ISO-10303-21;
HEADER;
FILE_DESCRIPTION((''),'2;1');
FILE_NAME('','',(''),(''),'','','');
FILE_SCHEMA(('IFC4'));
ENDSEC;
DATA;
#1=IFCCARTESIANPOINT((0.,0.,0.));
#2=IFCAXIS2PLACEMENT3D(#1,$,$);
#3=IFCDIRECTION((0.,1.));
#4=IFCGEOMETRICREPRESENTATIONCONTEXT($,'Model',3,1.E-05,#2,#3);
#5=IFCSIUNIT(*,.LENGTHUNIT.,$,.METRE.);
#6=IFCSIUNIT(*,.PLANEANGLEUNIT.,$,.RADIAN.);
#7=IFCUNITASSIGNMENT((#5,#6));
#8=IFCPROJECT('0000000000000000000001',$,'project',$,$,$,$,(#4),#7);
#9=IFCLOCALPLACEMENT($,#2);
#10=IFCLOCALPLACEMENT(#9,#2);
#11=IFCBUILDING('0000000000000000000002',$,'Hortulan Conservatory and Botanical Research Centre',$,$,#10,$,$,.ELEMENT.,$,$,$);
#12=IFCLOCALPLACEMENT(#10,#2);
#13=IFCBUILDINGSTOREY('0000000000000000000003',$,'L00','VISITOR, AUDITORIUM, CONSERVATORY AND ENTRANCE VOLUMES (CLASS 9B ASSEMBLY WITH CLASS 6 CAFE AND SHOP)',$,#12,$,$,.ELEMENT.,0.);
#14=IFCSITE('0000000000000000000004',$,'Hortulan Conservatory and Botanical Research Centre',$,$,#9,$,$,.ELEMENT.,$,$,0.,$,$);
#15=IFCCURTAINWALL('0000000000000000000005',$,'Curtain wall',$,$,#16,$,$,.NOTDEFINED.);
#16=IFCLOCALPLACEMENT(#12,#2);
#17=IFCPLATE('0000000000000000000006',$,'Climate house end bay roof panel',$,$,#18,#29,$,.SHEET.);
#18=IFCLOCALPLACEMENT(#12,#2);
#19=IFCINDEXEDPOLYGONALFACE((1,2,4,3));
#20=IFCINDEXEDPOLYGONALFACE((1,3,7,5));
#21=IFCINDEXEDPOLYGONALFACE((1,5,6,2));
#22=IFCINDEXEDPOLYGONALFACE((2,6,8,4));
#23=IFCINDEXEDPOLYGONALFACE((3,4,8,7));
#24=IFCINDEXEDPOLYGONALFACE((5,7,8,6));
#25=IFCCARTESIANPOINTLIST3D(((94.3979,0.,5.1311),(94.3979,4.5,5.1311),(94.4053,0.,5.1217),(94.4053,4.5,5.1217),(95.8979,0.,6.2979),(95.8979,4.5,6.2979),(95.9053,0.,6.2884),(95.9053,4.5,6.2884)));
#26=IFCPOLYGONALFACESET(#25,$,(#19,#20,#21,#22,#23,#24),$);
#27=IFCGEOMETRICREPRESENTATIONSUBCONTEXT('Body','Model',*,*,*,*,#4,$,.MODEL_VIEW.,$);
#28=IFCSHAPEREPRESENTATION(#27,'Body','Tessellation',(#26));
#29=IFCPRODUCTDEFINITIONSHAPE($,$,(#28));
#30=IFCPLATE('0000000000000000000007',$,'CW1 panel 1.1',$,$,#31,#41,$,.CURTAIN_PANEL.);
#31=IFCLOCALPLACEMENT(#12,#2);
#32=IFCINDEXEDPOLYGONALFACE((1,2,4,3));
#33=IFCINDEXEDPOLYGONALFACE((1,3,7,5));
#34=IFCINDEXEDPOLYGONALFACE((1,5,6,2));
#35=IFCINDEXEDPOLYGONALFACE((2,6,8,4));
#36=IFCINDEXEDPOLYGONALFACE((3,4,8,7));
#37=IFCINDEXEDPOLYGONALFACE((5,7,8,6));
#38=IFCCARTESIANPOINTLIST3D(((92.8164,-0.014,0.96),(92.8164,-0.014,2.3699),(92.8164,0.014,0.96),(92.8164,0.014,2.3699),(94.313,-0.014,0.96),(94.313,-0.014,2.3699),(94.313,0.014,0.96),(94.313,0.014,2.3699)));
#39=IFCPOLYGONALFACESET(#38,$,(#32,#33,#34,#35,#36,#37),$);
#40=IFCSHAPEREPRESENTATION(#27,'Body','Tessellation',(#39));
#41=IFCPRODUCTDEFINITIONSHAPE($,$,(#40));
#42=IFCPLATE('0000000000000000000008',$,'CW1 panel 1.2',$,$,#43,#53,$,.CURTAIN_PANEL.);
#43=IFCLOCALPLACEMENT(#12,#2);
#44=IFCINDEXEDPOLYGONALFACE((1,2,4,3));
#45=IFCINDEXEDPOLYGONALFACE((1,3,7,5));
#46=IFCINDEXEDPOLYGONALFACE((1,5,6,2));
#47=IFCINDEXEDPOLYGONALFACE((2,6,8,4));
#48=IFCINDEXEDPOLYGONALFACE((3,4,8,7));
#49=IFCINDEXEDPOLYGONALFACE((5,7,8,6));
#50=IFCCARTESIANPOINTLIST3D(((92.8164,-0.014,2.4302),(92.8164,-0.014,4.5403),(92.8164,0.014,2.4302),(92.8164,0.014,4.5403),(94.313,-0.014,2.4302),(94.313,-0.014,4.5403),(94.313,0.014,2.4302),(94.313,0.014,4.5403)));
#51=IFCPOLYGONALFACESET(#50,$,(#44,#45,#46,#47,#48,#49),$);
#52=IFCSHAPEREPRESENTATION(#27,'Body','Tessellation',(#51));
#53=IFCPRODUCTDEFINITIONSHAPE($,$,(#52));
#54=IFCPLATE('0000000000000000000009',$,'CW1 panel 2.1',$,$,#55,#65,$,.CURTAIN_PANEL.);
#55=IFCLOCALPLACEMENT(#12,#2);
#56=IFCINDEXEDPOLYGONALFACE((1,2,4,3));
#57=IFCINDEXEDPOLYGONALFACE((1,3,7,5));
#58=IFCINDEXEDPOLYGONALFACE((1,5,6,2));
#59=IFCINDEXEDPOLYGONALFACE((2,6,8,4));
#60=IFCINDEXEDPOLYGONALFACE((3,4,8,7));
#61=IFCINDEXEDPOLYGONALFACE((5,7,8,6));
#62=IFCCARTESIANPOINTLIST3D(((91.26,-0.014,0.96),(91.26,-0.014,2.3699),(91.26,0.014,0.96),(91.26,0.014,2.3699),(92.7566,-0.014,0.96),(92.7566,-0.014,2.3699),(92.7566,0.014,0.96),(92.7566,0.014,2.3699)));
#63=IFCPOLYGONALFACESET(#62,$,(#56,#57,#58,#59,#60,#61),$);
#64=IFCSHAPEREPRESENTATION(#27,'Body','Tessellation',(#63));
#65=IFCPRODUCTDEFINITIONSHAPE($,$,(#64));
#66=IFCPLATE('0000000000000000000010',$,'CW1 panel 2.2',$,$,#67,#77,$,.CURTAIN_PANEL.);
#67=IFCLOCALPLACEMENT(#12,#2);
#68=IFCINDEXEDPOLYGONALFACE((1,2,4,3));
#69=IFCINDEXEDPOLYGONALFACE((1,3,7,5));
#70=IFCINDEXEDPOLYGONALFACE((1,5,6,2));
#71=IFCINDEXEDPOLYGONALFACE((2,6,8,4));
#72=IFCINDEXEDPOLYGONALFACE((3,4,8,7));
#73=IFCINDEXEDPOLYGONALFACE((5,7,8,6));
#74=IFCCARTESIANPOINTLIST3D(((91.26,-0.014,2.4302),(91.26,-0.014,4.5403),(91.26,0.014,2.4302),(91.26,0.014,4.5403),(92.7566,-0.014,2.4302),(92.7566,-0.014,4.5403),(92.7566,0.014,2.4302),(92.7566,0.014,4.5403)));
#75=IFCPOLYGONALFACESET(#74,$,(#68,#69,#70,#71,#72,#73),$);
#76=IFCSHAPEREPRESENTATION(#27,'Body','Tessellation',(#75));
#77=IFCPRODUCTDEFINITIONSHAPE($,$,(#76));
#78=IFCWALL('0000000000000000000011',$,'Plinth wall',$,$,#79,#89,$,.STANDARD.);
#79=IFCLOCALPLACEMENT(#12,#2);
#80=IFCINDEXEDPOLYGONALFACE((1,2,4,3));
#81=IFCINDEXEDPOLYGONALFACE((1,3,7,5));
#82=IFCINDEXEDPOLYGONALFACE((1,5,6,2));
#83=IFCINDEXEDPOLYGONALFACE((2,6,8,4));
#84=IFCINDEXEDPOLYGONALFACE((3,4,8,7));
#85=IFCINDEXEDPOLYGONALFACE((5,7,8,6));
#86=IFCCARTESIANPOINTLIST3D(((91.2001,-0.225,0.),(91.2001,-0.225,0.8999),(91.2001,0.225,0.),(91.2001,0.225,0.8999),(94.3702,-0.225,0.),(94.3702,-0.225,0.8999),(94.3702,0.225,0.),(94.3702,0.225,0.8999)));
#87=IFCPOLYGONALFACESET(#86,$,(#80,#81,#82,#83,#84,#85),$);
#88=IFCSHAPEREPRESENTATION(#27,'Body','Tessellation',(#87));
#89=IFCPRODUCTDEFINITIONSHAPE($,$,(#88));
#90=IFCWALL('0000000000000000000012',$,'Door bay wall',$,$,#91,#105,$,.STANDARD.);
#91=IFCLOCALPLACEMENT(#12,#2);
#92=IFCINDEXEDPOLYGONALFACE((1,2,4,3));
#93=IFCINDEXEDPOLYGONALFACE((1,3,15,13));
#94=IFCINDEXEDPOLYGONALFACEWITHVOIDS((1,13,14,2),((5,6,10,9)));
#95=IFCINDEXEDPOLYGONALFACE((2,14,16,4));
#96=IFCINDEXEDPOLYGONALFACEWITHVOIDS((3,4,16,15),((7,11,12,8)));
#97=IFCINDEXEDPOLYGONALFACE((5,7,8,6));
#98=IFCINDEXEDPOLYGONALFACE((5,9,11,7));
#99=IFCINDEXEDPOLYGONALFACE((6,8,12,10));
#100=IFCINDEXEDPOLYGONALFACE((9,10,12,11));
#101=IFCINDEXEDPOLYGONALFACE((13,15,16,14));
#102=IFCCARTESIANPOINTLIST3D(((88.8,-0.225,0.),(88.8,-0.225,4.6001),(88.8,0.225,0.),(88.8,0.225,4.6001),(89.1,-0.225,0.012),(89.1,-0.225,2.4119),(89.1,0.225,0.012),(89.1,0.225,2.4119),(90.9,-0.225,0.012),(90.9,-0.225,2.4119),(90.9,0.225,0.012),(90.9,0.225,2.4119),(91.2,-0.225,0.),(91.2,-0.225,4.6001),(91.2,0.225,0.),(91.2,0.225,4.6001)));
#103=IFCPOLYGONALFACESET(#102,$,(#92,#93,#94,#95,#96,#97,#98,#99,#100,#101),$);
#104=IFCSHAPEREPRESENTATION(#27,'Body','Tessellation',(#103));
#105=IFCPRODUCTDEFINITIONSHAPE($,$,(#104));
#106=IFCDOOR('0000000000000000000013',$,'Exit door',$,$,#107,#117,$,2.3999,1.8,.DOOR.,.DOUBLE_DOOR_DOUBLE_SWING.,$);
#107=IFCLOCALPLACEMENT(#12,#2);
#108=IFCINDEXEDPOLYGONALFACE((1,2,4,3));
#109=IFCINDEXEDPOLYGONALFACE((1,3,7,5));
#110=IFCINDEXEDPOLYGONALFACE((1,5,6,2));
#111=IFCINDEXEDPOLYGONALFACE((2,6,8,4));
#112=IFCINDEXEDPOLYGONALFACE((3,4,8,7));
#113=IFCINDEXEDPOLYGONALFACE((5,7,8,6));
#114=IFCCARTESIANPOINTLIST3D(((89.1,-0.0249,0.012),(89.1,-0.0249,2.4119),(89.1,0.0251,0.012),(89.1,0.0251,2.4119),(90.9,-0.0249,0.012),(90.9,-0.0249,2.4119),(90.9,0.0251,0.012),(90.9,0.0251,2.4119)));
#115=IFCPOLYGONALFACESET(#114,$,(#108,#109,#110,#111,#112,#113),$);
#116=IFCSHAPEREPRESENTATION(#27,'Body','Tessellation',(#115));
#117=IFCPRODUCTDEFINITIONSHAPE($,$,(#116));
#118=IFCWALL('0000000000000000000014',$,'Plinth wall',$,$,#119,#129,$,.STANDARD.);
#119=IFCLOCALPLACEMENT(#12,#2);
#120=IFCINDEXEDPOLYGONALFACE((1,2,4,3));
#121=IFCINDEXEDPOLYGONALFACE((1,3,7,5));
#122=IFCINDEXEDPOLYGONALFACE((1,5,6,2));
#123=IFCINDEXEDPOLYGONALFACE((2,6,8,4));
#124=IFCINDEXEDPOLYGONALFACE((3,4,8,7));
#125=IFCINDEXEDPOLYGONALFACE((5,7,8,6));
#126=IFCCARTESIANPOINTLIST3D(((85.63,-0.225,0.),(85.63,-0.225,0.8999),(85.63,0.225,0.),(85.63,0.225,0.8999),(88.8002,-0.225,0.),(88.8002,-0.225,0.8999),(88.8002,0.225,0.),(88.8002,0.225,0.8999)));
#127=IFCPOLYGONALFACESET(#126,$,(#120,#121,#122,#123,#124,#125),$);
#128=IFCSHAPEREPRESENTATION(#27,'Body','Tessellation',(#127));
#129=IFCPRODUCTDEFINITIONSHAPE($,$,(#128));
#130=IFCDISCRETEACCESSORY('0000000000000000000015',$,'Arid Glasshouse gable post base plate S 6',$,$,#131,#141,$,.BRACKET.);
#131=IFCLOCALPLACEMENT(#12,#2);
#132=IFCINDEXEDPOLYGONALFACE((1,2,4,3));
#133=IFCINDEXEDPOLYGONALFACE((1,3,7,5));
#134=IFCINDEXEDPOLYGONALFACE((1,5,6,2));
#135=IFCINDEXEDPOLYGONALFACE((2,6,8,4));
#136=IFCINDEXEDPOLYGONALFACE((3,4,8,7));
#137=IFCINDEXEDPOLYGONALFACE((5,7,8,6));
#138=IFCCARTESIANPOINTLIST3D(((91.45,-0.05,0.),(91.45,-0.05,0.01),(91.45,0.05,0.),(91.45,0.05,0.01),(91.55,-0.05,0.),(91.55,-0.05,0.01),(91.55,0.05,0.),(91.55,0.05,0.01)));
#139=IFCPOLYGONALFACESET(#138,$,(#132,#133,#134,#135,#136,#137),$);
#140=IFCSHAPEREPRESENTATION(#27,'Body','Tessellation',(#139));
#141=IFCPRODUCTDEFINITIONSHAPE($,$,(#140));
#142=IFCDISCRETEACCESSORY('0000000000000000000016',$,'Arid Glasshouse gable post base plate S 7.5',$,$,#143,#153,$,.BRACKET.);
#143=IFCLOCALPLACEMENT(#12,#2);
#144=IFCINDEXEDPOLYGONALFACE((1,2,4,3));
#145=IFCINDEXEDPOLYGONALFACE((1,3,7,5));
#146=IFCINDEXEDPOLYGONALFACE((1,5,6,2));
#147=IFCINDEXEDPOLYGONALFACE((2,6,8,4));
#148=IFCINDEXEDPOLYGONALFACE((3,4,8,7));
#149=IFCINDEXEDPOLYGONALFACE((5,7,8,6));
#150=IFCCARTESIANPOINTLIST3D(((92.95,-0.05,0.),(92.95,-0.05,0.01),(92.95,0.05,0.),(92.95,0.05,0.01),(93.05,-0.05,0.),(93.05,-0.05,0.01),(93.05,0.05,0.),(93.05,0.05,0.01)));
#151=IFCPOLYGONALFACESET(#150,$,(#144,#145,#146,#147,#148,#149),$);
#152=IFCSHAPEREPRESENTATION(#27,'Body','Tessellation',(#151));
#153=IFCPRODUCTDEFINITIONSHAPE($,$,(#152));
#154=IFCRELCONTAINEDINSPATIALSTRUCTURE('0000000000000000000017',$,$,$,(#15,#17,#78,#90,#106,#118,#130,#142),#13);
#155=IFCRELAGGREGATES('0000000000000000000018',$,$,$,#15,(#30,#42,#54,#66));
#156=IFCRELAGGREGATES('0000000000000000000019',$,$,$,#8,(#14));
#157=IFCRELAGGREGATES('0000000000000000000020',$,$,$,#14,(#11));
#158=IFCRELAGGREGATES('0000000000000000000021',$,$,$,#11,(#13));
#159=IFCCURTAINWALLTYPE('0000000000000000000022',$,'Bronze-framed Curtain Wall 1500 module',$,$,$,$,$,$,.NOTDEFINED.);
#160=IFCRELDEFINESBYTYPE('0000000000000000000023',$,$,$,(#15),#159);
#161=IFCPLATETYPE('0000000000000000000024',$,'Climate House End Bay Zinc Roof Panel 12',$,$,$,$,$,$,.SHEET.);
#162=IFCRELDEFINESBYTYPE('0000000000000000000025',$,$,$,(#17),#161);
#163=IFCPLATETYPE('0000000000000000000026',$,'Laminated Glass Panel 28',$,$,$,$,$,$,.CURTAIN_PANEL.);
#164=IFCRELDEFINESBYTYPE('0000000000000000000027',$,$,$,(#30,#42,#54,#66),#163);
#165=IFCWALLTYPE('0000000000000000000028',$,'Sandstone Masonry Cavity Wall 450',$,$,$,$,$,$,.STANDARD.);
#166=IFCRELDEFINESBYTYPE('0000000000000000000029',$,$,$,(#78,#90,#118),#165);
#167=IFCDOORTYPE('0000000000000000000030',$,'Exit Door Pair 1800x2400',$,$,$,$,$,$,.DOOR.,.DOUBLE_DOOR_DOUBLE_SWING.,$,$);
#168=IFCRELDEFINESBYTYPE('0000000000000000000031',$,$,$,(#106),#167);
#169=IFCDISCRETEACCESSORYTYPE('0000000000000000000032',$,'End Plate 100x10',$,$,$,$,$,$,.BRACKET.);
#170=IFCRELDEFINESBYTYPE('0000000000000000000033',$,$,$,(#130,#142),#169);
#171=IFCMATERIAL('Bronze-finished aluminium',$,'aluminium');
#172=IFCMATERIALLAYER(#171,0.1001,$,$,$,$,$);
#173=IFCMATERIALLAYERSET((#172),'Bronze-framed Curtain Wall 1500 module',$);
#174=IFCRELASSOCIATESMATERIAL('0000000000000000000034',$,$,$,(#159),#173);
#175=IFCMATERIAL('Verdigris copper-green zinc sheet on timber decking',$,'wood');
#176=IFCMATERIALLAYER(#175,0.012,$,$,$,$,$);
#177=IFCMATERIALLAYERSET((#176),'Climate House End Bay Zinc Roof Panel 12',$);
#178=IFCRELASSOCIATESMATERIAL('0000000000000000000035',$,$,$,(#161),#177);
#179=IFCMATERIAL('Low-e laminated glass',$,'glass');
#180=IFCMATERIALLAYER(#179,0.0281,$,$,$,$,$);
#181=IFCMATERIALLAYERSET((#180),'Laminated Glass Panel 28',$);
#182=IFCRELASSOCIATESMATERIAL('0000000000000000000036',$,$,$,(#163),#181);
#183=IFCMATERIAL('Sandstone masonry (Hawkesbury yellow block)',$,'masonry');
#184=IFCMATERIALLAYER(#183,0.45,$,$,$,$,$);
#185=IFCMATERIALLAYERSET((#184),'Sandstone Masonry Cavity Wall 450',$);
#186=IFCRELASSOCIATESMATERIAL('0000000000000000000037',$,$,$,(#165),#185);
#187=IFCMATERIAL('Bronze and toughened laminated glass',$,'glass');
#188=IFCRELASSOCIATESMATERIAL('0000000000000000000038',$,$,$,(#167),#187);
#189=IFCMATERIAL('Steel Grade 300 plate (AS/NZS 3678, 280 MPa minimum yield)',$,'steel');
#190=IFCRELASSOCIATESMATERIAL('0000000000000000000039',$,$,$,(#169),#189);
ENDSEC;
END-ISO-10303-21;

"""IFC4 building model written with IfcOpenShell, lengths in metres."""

from ifc_helpers import new_model, si_unit, direction, frame, frame_2d, origin, origin_2d, place, context, subcontext, project, spatial, polyline, rectangle, outline, extrude, material, layer, layer_set, type_object, element, fill, aggregate, save


model = new_model("IFC4")

# Units and contexts
model_context = context("Model", 3, precision=1e-05, world=origin(), true_north=direction((0.0, 1.0)))
body_context = subcontext(model_context, "Body", "Model", "MODEL_VIEW")
ifc_project = project(units=[si_unit("LENGTHUNIT", "METRE"), si_unit("PLANEANGLEUNIT", "RADIAN")], contexts=[model_context])

# Site, building, storey
site_placement = place(None, origin())
site = spatial("IfcSite", under=ifc_project, at=site_placement, Name="Hortulan Conservatory and Botanical Research Centre", CompositionType="ELEMENT", RefElevation=0.0)
building_placement = place(site_placement, origin())
building = spatial("IfcBuilding", under=site, at=building_placement, Name="Hortulan Conservatory and Botanical Research Centre", CompositionType="ELEMENT")
storey_placement = place(building_placement, origin())
storey = spatial("IfcBuildingStorey", under=building, at=storey_placement, Name="L00", Description="VISITOR, AUDITORIUM, CONSERVATORY AND ENTRANCE VOLUMES (CLASS 9B ASSEMBLY WITH CLASS 6 CAFE AND SHOP)", CompositionType="ELEMENT", Elevation=0.0)

# Curtain wall
ifc_material_1 = material(Name="Bronze-finished aluminium", Category="aluminium")
ifc_layer_1 = layer(ifc_material_1, 0.1001)
ifc_layer_set_1 = layer_set([ifc_layer_1], Name="Bronze-framed Curtain Wall 1500 module")
curtain_wall_type = type_object("IfcCurtainWallType", Name="Bronze-framed Curtain Wall 1500 module", PredefinedType="NOTDEFINED", material=ifc_layer_set_1)
curtain_wall_1_placement = place(storey_placement, origin())
curtain_wall_1 = element("IfcCurtainWall", 1, at=curtain_wall_1_placement, inside=storey, type_object=curtain_wall_type, Name="Curtain wall", PredefinedType="NOTDEFINED")

# Plates
ifc_material_2 = material(Name="Verdigris copper-green zinc sheet on timber decking", Category="wood")
ifc_layer_2 = layer(ifc_material_2, 0.012)
ifc_layer_set_2 = layer_set([ifc_layer_2], Name="Climate House End Bay Zinc Roof Panel 12")
plate_type_1 = type_object("IfcPlateType", Name="Climate House End Bay Zinc Roof Panel 12", PredefinedType="SHEET", material=ifc_layer_set_2)
plate_1_placement = place(storey_placement, frame((94.3979, 0.0, 5.1311), z_axis=(-0.613967, 0.0, 0.789331), x_axis=(0.789331, 0.0, 0.613967)))
element("IfcPlate", 2, at=plate_1_placement, inside=storey, type_object=plate_type_1, Name="Climate house end bay roof panel", PredefinedType="SHEET", context=body_context, shape_type="SweptSolid", body=[
    extrude(outline(polyline([(0.0, 0.0), (1.9003, 0.0), (1.9003, 4.5), (0.0, 4.5), (0.0, 0.0)])), origin(), (0.0, 0.0, -1.0), 0.012),
])
ifc_material_3 = material(Name="Low-e laminated glass", Category="glass")
ifc_layer_3 = layer(ifc_material_3, 0.0281)
ifc_layer_set_3 = layer_set([ifc_layer_3], Name="Laminated Glass Panel 28")
plate_type_2 = type_object("IfcPlateType", Name="Laminated Glass Panel 28", PredefinedType="CURTAIN_PANEL", material=ifc_layer_set_3)
plate_2_placement = place(storey_placement, frame((93.5647, 0.0, 0.96), z_axis=(0.0, 0.0, 1.0), x_axis=(-1.0, 0.0, 0.0)))
plate_2 = element("IfcPlate", 3, at=plate_2_placement, type_object=plate_type_2, Name="CW1 panel 1.1", PredefinedType="CURTAIN_PANEL", context=body_context, shape_type="SweptSolid", body=[
    extrude(rectangle(XDim=1.4966, YDim=0.0281, at=origin_2d()), origin(), (0.0, 0.0, 1.0), 1.4099),
])
plate_3_placement = place(storey_placement, frame((93.5647, 0.0, 2.4302), z_axis=(0.0, 0.0, 1.0), x_axis=(-1.0, 0.0, 0.0)))
plate_3 = element("IfcPlate", 4, at=plate_3_placement, type_object=plate_type_2, Name="CW1 panel 1.2", PredefinedType="CURTAIN_PANEL", context=body_context, shape_type="SweptSolid", body=[
    extrude(rectangle(XDim=1.4966, YDim=0.0281, at=origin_2d()), origin(), (0.0, 0.0, 1.0), 2.1101),
])
plate_4_placement = place(storey_placement, frame((92.0083, 0.0, 0.96), z_axis=(0.0, 0.0, 1.0), x_axis=(-1.0, 0.0, 0.0)))
plate_4 = element("IfcPlate", 5, at=plate_4_placement, type_object=plate_type_2, Name="CW1 panel 2.1", PredefinedType="CURTAIN_PANEL", context=body_context, shape_type="SweptSolid", body=[
    extrude(rectangle(XDim=1.4966, YDim=0.0281, at=origin_2d()), origin(), (0.0, 0.0, 1.0), 1.4099),
])
plate_5_placement = place(storey_placement, frame((92.0083, 0.0, 2.4302), z_axis=(0.0, 0.0, 1.0), x_axis=(-1.0, 0.0, 0.0)))
plate_5 = element("IfcPlate", 6, at=plate_5_placement, type_object=plate_type_2, Name="CW1 panel 2.2", PredefinedType="CURTAIN_PANEL", context=body_context, shape_type="SweptSolid", body=[
    extrude(rectangle(XDim=1.4966, YDim=0.0281, at=origin_2d()), origin(), (0.0, 0.0, 1.0), 2.1101),
])
aggregate(curtain_wall_1, [plate_2, plate_3, plate_4, plate_5])

# Wall
ifc_material_4 = material(Name="Sandstone masonry (Hawkesbury yellow block)", Category="masonry")
ifc_layer_4 = layer(ifc_material_4, 0.45)
ifc_layer_set_4 = layer_set([ifc_layer_4], Name="Sandstone Masonry Cavity Wall 450")
wall_type = type_object("IfcWallType", Name="Sandstone Masonry Cavity Wall 450", PredefinedType="STANDARD", material=ifc_layer_set_4)
wall_1_placement = place(storey_placement, frame((94.3701, 0.0, 0.0), z_axis=(0.0, 0.0, 1.0), x_axis=(-1.0, 0.0, 0.0)))
element("IfcWall", 7, at=wall_1_placement, inside=storey, type_object=wall_type, Name="Plinth wall", PredefinedType="STANDARD", context=body_context, shape_type="SweptSolid", body=[
    extrude(rectangle(XDim=3.1702, YDim=0.45, at=frame_2d((1.585, 0.0))), origin(), (0.0, 0.0, 1.0), 0.8999),
])

# Wall, opening, door
wall_2_placement = place(storey_placement, frame((91.2, 0.0, 0.0), z_axis=(0.0, 0.0, 1.0), x_axis=(-1.0, 0.0, 0.0)))
wall_2 = element("IfcWall", 8, at=wall_2_placement, inside=storey, type_object=wall_type, Name="Door bay wall", PredefinedType="STANDARD", context=body_context, shape_type="SweptSolid", body=[
    extrude(rectangle(XDim=2.3999, YDim=0.45, at=frame_2d((1.2, 0.0))), origin(), (0.0, 0.0, 1.0), 4.6001),
])
opening_placement = place(wall_2_placement, frame((0.3, 0.0, 0.012)))
opening = element("IfcOpeningElement", 9, at=opening_placement, cuts=wall_2, PredefinedType="OPENING", context=body_context, shape_type="SweptSolid", body=[
    extrude(rectangle(XDim=1.8, YDim=2.3999, at=frame_2d((0.8999, 1.2))), frame((0.0, 0.2349, 0.0), z_axis=(0.0, -1.0, 0.0), x_axis=(1.0, 0.0, 0.0)), (0.0, 0.0, 1.0), 0.47),
])
ifc_material_5 = material(Name="Bronze and toughened laminated glass", Category="glass")
door_type = type_object("IfcDoorType", Name="Exit Door Pair 1800x2400", OperationType="DOUBLE_DOOR_DOUBLE_SWING", PredefinedType="DOOR", material=ifc_material_5)
door_placement = place(opening_placement, origin())
door = element("IfcDoor", 10, at=door_placement, inside=storey, type_object=door_type, Name="Exit door", OperationType="DOUBLE_DOOR_DOUBLE_SWING", OverallHeight=2.3999, OverallWidth=1.8, PredefinedType="DOOR", context=body_context, shape_type="SweptSolid", body=[
    extrude(rectangle(XDim=1.8, YDim=2.3999, at=frame_2d((0.8999, 1.2))), frame((0.0, 0.0249, 0.0), z_axis=(0.0, -1.0, 0.0), x_axis=(1.0, 0.0, 0.0)), (0.0, 0.0, 1.0), 0.05),
])
fill(opening, door)

# Wall
wall_3_placement = place(storey_placement, frame((88.8, 0.0, 0.0), z_axis=(0.0, 0.0, 1.0), x_axis=(-1.0, 0.0, 0.0)))
element("IfcWall", 11, at=wall_3_placement, inside=storey, type_object=wall_type, Name="Plinth wall", PredefinedType="STANDARD", context=body_context, shape_type="SweptSolid", body=[
    extrude(rectangle(XDim=3.1702, YDim=0.45, at=frame_2d((1.585, 0.0))), origin(), (0.0, 0.0, 1.0), 0.8999),
])

# Discrete accessories
ifc_material_6 = material(Name="Steel Grade 300 plate (AS/NZS 3678, 280 MPa minimum yield)", Category="steel")
discrete_accessory_type = type_object("IfcDiscreteAccessoryType", Name="End Plate 100x10", PredefinedType="BRACKET", material=ifc_material_6)
for number, where, z_axis, x_axis, name in (
    (12, (91.5, 0.0, 0.0), (0.0, 0.0, 1.0), (1.0, 0.0, 0.0), "Arid Glasshouse gable post base plate S 6"),
    (13, (93.0, 0.0, 0.0), (0.0, 0.0, 1.0), (1.0, 0.0, 0.0), "Arid Glasshouse gable post base plate S 7.5"),
):
    element("IfcDiscreteAccessory", number, at=place(storey_placement, frame(where, z_axis=z_axis, x_axis=x_axis)), inside=storey, type_object=discrete_accessory_type, Name=name, PredefinedType="BRACKET", context=body_context, shape_type="SweptSolid", body=[
        extrude(rectangle(XDim=0.1001, YDim=0.1001, at=origin_2d()), origin(), (0.0, 0.0, 1.0), 0.01),
    ])

save(model, "model.ifc")
